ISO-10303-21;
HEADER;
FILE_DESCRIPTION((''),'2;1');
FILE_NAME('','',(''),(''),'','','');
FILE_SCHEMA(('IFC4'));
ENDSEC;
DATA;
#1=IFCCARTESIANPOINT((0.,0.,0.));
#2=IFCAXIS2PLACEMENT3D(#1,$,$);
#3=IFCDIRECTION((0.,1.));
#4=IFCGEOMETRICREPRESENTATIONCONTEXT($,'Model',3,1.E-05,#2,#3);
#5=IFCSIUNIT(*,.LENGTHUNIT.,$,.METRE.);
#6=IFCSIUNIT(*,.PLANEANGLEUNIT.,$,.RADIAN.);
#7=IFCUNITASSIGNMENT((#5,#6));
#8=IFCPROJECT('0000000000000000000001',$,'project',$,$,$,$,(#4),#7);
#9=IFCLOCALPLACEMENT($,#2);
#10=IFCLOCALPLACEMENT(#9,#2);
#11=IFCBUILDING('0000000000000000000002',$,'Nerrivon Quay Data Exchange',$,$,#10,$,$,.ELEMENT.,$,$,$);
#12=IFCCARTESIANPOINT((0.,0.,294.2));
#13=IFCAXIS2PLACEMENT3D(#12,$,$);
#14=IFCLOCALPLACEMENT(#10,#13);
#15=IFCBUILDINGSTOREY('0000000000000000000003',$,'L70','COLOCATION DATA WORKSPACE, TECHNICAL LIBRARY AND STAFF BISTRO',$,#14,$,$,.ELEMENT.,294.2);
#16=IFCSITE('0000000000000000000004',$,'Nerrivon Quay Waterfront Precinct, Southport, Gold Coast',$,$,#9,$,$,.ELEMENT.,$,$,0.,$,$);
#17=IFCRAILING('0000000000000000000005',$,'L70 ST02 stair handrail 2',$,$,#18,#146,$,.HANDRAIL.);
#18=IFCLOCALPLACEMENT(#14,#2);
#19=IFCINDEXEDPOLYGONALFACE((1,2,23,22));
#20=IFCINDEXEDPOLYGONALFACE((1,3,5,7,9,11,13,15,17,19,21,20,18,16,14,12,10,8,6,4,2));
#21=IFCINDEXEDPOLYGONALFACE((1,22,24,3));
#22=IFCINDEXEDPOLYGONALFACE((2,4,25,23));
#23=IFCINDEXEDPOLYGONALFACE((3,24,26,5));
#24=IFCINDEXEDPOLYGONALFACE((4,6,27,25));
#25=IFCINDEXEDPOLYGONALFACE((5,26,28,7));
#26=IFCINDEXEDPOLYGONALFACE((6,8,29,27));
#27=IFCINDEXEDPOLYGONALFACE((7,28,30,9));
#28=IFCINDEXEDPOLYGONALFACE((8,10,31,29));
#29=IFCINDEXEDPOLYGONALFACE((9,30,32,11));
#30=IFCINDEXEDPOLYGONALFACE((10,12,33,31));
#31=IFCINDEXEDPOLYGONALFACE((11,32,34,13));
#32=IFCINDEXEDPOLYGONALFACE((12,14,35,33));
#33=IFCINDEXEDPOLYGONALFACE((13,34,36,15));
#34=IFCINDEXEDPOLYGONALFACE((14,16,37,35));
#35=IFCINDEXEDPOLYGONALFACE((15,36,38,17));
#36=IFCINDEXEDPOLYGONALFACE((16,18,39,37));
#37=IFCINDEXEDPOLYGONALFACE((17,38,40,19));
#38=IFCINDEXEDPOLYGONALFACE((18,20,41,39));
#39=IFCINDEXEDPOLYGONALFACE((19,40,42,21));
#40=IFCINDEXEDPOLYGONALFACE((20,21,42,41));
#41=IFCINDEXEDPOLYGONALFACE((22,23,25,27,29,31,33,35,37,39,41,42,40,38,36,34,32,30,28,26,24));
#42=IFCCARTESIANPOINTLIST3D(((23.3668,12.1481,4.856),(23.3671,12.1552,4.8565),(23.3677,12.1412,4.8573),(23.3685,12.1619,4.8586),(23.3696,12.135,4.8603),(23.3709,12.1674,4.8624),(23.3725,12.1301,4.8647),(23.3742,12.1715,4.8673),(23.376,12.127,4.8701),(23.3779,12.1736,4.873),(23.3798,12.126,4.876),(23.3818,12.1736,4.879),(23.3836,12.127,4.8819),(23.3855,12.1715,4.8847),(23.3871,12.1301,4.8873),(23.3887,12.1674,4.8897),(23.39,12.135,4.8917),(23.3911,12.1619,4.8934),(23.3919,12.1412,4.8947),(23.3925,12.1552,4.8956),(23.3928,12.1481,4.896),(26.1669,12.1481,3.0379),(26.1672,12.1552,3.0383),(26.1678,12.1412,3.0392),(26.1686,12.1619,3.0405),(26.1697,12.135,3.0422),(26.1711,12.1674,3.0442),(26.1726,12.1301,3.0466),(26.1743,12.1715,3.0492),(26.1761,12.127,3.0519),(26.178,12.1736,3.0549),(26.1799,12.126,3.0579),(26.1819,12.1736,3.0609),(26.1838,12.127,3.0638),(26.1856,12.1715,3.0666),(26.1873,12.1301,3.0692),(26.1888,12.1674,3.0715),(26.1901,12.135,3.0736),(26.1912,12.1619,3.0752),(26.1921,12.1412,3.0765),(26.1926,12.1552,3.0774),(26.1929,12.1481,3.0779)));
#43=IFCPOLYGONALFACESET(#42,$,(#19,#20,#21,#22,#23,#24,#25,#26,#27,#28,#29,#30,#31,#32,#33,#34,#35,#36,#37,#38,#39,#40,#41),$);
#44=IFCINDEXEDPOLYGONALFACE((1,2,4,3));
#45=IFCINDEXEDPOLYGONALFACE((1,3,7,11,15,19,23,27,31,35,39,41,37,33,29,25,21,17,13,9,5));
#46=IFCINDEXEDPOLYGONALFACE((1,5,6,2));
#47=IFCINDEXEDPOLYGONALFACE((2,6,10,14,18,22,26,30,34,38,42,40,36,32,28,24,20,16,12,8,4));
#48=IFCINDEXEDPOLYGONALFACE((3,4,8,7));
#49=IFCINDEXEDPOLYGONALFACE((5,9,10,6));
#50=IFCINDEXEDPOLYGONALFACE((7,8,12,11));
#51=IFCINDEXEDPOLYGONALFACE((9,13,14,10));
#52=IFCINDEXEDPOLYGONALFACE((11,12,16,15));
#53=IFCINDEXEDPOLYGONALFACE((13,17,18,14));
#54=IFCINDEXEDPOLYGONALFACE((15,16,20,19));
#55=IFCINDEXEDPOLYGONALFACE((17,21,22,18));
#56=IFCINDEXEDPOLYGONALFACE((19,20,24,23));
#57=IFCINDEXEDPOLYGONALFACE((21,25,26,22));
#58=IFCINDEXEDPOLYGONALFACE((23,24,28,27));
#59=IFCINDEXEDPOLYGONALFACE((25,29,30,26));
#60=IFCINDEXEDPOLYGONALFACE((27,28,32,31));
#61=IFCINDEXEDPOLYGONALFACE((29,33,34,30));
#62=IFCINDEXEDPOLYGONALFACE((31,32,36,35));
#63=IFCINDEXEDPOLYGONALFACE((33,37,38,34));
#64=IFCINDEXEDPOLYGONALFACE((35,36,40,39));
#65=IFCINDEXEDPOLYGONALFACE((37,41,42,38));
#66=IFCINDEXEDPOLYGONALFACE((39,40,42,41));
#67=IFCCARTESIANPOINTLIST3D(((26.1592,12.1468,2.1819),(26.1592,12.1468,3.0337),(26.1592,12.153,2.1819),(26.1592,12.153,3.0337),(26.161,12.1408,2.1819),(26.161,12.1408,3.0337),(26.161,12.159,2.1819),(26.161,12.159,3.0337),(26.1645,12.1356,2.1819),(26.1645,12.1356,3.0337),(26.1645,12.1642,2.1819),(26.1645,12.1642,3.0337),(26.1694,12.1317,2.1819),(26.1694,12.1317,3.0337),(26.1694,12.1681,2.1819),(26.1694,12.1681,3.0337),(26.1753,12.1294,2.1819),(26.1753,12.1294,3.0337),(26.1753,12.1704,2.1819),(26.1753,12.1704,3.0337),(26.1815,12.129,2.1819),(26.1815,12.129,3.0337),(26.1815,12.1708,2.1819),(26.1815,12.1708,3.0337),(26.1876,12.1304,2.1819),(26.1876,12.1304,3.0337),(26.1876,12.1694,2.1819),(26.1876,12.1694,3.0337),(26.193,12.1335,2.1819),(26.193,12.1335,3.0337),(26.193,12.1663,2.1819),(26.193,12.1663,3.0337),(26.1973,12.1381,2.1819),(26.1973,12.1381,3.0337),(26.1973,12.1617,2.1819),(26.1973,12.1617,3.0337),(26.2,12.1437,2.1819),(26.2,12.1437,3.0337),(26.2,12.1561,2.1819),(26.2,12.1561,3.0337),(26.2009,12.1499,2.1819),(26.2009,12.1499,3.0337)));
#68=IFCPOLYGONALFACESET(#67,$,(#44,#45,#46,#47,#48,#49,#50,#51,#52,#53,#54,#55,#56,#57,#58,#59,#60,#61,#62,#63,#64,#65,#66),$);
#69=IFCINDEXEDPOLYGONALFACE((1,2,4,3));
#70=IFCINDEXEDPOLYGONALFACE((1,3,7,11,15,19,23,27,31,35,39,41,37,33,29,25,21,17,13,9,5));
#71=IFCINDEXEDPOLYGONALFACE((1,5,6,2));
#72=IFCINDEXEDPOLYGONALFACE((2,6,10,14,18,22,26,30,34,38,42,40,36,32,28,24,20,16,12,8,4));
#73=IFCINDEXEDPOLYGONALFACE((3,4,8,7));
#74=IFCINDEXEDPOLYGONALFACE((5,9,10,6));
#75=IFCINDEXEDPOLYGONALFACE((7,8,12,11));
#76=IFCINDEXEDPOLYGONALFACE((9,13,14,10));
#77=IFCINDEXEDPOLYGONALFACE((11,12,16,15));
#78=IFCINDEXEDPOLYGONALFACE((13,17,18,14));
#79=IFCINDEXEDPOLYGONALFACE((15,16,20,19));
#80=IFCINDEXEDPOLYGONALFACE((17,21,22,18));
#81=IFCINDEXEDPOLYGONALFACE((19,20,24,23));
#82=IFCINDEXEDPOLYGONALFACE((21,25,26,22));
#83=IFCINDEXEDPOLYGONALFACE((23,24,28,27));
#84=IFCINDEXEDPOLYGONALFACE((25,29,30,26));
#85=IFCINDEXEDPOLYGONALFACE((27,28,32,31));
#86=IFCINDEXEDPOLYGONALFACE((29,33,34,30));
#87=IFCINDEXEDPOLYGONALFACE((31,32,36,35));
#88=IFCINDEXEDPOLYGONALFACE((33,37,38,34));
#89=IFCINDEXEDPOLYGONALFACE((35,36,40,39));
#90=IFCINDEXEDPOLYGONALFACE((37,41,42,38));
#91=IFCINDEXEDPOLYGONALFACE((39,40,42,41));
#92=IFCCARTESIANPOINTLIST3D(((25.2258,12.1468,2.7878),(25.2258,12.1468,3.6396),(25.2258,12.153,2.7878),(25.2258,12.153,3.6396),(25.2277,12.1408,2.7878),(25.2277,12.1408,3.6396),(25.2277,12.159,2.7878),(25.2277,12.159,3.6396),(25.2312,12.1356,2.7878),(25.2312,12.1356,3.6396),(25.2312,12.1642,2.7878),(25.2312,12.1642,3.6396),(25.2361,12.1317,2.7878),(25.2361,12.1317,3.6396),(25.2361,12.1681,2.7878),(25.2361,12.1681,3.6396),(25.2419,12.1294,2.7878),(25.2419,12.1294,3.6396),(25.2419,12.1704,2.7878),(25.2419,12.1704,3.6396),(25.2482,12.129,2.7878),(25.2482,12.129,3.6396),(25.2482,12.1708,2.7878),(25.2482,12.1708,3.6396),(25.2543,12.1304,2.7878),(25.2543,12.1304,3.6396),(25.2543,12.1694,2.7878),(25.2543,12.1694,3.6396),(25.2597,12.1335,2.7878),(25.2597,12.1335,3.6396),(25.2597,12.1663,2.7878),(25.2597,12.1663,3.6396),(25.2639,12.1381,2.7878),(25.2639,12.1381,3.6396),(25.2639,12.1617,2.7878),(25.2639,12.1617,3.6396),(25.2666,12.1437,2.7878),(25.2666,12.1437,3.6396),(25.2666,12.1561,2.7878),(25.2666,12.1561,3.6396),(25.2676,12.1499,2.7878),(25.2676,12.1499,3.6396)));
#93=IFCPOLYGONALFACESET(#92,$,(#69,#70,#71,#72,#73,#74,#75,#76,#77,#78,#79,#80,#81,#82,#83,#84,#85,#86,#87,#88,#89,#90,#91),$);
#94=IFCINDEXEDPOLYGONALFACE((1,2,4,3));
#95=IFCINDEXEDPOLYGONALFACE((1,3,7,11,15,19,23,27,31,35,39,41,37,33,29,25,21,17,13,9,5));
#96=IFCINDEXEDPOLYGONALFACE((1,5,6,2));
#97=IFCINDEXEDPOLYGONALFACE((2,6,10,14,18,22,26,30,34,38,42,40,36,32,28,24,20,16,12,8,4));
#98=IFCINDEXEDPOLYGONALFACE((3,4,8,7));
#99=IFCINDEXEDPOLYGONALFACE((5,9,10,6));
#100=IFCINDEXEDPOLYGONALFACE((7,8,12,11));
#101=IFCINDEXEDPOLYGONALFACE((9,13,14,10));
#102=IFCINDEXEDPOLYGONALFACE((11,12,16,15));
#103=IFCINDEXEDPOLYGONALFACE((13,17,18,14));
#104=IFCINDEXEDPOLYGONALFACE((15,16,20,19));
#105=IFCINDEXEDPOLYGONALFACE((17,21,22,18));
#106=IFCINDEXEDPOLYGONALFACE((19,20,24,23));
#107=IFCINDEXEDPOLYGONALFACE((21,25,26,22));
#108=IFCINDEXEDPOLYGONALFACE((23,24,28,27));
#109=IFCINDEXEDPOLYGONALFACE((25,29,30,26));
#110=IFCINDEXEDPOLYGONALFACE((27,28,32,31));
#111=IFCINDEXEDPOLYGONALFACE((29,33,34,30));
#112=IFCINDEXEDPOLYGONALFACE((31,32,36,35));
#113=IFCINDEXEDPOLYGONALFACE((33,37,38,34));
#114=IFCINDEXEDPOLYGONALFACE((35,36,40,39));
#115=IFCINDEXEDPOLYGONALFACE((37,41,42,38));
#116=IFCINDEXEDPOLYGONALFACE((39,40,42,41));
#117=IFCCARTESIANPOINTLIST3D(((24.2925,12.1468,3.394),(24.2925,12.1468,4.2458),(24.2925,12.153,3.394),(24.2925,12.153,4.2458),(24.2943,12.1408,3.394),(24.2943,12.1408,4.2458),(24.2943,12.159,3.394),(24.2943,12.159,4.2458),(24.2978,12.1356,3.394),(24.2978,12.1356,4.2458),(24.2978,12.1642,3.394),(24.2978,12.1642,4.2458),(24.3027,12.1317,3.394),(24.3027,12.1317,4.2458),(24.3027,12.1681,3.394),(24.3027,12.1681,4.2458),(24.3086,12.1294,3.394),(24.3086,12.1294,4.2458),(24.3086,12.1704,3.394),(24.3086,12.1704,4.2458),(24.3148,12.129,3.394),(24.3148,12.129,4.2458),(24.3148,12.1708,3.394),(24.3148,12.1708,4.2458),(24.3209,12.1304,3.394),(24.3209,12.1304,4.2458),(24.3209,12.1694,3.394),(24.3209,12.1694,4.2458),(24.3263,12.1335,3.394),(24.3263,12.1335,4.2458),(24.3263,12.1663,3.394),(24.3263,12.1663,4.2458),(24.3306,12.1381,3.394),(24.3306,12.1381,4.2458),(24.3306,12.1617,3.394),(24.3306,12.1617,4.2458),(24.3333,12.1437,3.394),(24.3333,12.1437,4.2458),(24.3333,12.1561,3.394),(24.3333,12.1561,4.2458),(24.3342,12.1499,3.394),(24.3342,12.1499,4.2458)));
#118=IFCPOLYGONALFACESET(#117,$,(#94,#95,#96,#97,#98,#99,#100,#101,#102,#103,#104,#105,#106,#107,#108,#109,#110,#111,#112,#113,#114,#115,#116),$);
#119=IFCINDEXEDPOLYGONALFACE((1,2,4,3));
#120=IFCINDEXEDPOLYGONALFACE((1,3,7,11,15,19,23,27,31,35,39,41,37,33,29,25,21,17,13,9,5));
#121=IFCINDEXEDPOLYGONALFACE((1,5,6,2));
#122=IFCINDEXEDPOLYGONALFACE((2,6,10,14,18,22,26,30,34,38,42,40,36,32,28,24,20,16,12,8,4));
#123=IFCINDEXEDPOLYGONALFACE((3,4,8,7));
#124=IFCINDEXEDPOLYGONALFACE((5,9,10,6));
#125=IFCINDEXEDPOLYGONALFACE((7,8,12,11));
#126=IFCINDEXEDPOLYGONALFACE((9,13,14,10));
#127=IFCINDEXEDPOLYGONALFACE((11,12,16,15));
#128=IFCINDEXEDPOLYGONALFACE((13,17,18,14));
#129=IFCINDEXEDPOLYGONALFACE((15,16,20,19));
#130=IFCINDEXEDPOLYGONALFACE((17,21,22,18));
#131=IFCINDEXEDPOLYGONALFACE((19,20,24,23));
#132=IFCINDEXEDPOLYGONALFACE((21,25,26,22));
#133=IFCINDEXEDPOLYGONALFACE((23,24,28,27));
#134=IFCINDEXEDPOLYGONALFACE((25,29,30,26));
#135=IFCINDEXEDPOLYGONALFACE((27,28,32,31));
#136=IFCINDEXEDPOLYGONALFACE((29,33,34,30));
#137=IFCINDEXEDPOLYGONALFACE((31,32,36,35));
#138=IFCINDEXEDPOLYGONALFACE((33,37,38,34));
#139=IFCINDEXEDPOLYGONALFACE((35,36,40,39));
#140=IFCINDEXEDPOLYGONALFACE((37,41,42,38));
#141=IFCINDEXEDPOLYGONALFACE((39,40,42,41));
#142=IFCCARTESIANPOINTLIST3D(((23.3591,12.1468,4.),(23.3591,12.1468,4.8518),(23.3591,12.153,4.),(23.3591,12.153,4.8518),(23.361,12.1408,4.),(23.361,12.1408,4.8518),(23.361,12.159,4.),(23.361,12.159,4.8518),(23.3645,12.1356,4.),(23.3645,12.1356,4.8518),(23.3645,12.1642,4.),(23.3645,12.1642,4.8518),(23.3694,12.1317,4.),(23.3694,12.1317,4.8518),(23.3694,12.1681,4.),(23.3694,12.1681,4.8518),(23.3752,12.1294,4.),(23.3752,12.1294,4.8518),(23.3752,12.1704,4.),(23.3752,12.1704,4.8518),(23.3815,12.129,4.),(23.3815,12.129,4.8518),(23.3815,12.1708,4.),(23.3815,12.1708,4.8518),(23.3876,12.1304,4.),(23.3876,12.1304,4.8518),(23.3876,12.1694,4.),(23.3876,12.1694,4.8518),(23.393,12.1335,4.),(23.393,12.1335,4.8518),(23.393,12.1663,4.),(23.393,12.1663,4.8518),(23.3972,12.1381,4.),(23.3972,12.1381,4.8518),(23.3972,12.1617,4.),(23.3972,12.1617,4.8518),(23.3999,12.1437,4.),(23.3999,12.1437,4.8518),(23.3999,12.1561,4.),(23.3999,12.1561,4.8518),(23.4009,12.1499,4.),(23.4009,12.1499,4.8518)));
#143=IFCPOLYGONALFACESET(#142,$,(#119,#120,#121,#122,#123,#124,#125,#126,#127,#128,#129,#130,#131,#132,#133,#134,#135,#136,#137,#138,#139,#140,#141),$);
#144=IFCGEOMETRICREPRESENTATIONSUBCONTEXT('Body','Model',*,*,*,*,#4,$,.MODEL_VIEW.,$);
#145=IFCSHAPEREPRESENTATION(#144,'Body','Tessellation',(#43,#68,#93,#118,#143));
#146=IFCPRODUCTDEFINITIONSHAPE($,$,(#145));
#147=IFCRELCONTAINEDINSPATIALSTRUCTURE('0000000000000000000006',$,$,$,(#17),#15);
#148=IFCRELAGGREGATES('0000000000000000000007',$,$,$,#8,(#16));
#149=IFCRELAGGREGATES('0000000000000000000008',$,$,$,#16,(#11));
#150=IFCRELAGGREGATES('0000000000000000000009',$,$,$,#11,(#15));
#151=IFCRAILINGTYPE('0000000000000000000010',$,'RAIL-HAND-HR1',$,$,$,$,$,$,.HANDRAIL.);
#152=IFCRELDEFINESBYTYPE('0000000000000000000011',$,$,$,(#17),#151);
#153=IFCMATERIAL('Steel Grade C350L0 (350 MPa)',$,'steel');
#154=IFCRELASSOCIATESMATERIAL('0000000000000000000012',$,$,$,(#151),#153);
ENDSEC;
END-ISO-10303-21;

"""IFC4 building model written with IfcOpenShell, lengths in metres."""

from ifc_helpers import new_model, si_unit, direction, frame, origin, origin_2d, place, context, subcontext, project, spatial, circle, extrude, material, type_object, element, save


model = new_model("IFC4")

# Units and contexts
model_context = context("Model", 3, precision=1e-05, world=origin(), true_north=direction((0.0, 1.0)))
body_context = subcontext(model_context, "Body", "Model", "MODEL_VIEW")
ifc_project = project(units=[si_unit("LENGTHUNIT", "METRE"), si_unit("PLANEANGLEUNIT", "RADIAN")], contexts=[model_context])

# Site, building, storey
site_placement = place(None, origin())
site = spatial("IfcSite", under=ifc_project, at=site_placement, Name="Nerrivon Quay Waterfront Precinct, Southport, Gold Coast", CompositionType="ELEMENT", RefElevation=0.0)
building_placement = place(site_placement, origin())
building = spatial("IfcBuilding", under=site, at=building_placement, Name="Nerrivon Quay Data Exchange", CompositionType="ELEMENT")
storey_placement = place(building_placement, frame((0.0, 0.0, 294.2)))
storey = spatial("IfcBuildingStorey", under=building, at=storey_placement, Name="L70", Description="COLOCATION DATA WORKSPACE, TECHNICAL LIBRARY AND STAFF BISTRO", CompositionType="ELEMENT", Elevation=294.2)

# Railing
ifc_material_1 = material(Name="Steel Grade C350L0 (350 MPa)", Category="steel")
railing_type_1 = type_object("IfcRailingType", Name="RAIL-HAND-HR1", PredefinedType="HANDRAIL", material=ifc_material_1)
railing_1_placement = place(storey_placement, frame((26.1799, 12.1499, 2.1819)))
element("IfcRailing", 1, at=railing_1_placement, inside=storey, type_object=railing_type_1, Name="L70 ST02 stair handrail 2", PredefinedType="HANDRAIL", context=body_context, shape_type="SweptSolid", body=[
    extrude(circle(Radius=0.0239, at=origin_2d()), frame((0.0, 0.0, 0.876), z_axis=(-0.838706, 0.0, 0.544585), x_axis=(0.0, -1.0, 0.0)), (0.0, 0.0, 1.0), 3.3386),
    extrude(circle(Radius=0.021, at=origin_2d()), origin(), (0.0, 0.0, 1.0), 0.8518),
    extrude(circle(Radius=0.021, at=origin_2d()), frame((-0.9333, 0.0, 0.606)), (0.0, 0.0, 1.0), 0.8518),
    extrude(circle(Radius=0.021, at=origin_2d()), frame((-1.8667, 0.0, 1.2122)), (0.0, 0.0, 1.0), 0.8518),
    extrude(circle(Radius=0.021, at=origin_2d()), frame((-2.8, 0.0, 1.8181)), (0.0, 0.0, 1.0), 0.8518),
])

save(model, "model.ifc")
